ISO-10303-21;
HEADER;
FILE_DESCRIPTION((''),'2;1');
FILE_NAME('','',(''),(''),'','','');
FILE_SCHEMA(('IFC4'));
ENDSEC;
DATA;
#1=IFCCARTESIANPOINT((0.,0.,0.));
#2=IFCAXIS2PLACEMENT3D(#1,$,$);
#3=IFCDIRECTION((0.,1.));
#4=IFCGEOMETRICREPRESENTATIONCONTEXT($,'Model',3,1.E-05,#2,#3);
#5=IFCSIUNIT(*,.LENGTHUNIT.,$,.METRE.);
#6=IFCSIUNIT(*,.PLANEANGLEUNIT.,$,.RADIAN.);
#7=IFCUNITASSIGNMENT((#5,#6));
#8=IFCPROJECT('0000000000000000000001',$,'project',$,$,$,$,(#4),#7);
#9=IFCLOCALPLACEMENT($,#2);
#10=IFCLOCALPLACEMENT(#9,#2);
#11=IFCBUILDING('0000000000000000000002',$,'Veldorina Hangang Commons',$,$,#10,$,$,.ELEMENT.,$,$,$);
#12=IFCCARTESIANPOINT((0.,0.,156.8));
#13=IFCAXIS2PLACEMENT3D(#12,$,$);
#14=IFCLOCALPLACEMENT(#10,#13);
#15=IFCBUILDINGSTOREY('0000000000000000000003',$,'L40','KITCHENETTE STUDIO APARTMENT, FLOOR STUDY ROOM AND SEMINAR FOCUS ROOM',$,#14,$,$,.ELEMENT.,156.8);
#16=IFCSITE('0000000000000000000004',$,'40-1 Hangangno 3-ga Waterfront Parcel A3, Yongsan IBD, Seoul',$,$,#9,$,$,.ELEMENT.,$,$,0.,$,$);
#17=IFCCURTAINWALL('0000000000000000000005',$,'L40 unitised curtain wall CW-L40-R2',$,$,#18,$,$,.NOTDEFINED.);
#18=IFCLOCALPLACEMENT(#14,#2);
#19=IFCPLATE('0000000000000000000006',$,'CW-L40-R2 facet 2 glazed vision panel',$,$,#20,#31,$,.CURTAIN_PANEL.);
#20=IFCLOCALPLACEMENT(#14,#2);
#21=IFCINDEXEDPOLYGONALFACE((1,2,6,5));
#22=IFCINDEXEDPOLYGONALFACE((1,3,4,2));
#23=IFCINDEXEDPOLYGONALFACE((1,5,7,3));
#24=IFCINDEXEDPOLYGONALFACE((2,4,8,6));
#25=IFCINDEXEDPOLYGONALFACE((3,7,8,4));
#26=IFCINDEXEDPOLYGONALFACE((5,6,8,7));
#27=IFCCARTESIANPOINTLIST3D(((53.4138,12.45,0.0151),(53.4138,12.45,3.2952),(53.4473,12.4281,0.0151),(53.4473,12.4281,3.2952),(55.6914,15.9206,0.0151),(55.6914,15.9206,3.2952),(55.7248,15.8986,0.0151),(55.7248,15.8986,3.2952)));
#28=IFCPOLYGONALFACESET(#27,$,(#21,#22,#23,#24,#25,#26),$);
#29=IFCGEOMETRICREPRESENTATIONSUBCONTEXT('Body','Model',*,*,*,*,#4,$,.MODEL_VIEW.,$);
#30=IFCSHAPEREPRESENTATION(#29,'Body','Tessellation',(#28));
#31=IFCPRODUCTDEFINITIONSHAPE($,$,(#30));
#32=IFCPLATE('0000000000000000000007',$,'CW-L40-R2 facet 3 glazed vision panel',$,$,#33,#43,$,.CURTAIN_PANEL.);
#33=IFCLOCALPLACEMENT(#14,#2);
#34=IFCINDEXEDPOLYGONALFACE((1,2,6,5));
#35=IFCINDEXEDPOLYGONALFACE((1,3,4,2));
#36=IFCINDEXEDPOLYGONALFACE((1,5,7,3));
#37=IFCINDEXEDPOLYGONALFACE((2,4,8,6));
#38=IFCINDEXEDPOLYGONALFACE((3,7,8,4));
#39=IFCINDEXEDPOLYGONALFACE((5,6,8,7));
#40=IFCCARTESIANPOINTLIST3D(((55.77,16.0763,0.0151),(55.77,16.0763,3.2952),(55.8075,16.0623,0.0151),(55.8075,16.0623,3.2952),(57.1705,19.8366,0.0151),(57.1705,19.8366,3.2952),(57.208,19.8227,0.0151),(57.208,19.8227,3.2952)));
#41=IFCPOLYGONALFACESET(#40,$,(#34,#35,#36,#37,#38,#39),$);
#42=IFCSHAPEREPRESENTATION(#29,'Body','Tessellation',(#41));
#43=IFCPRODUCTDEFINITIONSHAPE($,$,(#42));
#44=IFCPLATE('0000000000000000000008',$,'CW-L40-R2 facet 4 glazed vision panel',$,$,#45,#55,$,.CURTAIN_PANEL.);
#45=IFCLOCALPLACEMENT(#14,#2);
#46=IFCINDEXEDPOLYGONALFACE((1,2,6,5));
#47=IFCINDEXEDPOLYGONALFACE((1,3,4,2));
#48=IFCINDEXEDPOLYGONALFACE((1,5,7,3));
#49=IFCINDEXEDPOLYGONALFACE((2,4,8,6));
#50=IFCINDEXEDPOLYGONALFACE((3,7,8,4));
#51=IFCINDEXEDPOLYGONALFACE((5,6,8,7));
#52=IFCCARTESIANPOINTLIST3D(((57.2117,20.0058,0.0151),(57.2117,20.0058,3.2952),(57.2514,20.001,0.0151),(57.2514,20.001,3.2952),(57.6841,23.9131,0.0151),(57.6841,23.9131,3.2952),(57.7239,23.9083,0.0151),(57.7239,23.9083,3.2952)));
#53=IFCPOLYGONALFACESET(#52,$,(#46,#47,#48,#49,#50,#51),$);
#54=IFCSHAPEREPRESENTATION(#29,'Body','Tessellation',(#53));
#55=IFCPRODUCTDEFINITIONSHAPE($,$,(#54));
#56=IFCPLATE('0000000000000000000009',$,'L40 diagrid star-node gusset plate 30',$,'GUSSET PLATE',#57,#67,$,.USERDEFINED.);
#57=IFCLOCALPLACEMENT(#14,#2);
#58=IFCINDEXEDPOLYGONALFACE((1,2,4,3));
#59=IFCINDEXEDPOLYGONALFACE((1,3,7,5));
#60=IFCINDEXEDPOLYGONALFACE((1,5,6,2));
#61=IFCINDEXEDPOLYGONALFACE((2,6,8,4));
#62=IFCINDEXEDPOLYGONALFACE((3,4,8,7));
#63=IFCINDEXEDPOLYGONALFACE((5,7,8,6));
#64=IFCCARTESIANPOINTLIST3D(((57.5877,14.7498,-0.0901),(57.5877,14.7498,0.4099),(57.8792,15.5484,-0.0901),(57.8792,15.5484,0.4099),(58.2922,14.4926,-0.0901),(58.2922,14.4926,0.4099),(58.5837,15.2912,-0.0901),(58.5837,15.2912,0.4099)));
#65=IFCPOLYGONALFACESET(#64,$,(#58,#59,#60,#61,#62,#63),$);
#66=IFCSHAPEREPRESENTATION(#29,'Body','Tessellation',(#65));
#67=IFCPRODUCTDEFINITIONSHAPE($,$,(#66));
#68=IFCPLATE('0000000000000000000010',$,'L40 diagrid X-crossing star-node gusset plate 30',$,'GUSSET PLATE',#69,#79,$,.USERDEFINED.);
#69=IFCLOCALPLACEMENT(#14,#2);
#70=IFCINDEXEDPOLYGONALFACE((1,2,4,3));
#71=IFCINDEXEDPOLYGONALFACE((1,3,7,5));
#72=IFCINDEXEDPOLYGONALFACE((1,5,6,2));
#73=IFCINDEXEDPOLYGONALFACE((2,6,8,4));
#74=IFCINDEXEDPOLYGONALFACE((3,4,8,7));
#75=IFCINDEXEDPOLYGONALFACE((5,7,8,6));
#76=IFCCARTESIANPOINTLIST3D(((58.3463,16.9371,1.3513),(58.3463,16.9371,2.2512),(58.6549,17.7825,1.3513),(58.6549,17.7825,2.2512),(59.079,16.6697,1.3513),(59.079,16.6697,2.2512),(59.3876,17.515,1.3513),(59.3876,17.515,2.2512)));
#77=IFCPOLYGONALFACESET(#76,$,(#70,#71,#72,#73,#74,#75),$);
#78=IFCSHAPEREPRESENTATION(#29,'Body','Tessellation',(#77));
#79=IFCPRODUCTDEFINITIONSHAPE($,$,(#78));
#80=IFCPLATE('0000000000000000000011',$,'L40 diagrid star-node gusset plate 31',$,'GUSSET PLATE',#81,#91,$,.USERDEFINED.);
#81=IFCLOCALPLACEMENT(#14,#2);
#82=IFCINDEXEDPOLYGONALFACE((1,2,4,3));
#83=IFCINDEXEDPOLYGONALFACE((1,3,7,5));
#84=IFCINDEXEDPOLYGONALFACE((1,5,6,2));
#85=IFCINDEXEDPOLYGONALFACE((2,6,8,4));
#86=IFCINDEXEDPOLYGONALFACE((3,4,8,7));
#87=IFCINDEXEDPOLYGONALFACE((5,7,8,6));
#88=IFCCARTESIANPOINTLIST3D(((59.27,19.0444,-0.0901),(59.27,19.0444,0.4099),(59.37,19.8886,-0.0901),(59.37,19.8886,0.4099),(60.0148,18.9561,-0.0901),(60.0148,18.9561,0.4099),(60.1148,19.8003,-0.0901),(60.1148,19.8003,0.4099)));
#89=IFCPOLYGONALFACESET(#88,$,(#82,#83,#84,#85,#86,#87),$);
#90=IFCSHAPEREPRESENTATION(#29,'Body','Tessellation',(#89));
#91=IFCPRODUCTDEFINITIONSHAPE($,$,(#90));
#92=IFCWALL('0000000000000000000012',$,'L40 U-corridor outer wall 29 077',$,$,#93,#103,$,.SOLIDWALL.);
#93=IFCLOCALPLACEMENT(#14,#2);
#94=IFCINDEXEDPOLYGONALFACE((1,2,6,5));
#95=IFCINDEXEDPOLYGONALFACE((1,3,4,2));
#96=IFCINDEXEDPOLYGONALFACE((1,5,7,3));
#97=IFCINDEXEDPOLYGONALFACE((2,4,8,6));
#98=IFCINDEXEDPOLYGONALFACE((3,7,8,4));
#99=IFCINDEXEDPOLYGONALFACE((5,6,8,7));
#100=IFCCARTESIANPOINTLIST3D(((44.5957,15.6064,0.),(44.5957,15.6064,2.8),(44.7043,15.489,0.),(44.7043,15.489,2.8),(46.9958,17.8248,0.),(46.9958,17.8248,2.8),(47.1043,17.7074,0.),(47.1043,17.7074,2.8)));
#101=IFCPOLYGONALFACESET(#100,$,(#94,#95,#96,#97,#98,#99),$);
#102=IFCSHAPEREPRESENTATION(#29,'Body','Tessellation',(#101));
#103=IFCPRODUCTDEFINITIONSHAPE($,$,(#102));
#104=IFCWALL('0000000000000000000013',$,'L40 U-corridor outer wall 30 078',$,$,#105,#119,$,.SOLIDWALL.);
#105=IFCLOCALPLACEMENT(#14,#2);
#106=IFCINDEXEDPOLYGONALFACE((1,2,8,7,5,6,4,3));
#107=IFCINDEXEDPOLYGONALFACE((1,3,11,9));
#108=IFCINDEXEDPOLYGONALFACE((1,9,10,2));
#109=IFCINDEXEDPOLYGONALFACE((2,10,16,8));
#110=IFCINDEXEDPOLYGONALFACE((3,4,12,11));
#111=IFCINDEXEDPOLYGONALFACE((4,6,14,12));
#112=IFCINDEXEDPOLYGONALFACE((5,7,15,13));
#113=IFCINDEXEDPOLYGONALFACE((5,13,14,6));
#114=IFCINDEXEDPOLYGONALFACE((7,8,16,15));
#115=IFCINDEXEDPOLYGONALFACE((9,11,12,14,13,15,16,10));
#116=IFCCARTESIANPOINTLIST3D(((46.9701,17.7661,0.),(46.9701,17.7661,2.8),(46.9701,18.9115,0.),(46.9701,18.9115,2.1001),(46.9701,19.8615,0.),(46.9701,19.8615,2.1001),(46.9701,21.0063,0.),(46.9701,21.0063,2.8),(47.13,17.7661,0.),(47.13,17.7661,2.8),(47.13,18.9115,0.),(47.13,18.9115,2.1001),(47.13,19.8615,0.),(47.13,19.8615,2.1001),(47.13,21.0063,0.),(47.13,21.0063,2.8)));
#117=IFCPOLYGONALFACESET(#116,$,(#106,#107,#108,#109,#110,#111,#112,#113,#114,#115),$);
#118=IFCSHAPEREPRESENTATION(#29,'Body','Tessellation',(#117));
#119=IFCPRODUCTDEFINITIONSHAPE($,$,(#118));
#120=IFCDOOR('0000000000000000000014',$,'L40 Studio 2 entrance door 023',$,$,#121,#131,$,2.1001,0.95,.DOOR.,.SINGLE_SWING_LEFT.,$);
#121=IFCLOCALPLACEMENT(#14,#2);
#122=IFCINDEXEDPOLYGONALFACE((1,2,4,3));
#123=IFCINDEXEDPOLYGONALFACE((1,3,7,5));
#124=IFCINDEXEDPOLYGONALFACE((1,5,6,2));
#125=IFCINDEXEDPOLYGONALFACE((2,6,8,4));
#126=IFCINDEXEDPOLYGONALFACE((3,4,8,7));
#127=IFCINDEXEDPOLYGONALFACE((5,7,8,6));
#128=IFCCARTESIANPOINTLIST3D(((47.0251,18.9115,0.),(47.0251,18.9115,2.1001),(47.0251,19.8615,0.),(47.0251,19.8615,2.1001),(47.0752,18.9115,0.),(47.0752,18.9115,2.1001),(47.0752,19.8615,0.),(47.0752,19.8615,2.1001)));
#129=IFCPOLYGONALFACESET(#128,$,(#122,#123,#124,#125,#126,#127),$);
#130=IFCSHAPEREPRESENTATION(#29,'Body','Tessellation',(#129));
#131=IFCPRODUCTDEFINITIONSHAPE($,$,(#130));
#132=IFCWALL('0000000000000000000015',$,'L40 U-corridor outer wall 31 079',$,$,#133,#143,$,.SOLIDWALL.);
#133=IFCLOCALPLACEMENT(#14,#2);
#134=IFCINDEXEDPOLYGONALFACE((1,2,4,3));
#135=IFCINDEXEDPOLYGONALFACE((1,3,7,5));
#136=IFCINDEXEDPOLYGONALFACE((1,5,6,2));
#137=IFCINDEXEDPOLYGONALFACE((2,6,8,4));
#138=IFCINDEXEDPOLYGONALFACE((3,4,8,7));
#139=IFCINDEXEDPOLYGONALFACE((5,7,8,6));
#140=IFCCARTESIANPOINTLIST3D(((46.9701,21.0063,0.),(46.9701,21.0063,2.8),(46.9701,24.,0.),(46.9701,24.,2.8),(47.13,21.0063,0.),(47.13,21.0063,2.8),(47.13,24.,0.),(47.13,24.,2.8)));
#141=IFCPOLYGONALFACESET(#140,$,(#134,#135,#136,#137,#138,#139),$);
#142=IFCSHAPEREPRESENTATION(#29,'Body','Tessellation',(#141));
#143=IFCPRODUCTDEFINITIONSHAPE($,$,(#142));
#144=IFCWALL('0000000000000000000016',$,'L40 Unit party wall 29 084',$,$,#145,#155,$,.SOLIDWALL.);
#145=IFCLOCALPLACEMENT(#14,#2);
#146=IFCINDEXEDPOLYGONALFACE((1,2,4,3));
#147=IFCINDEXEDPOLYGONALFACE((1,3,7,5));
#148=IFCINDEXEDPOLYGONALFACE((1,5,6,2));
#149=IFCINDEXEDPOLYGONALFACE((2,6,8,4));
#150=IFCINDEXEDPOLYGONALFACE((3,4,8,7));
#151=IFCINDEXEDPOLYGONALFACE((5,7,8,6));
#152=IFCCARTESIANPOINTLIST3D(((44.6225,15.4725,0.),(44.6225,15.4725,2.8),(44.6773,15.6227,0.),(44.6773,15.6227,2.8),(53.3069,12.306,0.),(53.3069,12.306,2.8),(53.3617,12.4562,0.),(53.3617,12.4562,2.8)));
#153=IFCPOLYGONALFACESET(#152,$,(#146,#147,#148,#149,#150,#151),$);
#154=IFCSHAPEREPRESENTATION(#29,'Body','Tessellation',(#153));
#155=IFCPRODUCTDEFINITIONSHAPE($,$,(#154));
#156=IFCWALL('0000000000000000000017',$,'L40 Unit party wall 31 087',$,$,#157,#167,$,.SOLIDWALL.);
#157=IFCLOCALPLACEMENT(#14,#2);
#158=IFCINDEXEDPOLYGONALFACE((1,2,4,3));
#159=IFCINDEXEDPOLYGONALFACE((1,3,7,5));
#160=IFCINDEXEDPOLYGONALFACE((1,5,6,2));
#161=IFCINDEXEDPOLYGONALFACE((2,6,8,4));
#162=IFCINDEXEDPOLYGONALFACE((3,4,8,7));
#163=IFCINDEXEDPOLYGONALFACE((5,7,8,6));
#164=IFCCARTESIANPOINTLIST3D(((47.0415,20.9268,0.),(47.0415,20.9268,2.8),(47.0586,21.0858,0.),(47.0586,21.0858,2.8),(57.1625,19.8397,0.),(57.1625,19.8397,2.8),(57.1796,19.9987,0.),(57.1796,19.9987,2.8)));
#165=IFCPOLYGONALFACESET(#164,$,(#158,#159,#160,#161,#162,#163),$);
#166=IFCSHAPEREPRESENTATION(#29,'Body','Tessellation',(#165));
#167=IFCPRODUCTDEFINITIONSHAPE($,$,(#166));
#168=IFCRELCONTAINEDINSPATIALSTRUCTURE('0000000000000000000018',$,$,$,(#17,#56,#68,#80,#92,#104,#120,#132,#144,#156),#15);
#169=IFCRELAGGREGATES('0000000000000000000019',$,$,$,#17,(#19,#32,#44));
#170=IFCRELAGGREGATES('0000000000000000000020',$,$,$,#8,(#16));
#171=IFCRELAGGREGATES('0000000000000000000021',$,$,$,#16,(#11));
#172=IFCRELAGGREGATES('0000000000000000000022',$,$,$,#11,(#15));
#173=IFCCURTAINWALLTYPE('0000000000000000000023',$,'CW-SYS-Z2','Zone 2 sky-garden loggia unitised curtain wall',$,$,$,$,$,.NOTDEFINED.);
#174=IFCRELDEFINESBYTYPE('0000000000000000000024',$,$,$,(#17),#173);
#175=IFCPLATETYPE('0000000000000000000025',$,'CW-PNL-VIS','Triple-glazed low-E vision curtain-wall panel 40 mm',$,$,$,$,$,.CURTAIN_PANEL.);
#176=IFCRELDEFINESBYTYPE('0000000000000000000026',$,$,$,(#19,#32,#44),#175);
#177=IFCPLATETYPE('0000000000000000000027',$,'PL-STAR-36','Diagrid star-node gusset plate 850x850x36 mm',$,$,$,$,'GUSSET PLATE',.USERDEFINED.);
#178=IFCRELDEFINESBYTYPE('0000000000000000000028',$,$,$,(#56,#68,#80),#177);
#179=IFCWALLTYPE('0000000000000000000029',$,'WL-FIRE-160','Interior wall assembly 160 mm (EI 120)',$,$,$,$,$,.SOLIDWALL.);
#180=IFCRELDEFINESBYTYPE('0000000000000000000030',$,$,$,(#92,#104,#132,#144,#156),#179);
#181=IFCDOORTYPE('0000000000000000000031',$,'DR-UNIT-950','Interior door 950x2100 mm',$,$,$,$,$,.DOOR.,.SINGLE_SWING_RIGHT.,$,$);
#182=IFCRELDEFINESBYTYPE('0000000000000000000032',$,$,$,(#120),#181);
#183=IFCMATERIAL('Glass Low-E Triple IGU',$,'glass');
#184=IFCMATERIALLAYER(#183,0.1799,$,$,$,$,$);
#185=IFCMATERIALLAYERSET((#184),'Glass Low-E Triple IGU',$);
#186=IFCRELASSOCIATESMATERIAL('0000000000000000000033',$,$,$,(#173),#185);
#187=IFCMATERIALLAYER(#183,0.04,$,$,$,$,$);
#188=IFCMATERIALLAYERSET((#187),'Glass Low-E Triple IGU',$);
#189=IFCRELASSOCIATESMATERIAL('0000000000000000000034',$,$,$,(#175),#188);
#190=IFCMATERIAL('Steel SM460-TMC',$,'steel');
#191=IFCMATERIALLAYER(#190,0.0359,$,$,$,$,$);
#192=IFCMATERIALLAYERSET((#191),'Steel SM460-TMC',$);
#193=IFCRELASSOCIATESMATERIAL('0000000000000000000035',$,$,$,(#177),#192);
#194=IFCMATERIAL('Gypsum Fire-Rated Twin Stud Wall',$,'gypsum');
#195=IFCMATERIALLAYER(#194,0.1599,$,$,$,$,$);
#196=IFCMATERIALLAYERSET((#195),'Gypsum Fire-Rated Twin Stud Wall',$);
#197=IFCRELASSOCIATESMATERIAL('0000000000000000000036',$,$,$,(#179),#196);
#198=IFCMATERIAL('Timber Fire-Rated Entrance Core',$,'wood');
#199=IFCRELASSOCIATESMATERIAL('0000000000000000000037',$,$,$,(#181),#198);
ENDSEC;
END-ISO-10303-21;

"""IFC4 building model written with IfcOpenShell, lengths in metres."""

from ifc_helpers import new_model, si_unit, direction, frame, frame_2d, origin, origin_2d, place, context, subcontext, project, spatial, rectangle, extrude, material, layer, layer_set, type_object, element, fill, aggregate, save


model = new_model("IFC4")

# Units and contexts
model_context = context("Model", 3, precision=1e-05, world=origin(), true_north=direction((0.0, 1.0)))
body_context = subcontext(model_context, "Body", "Model", "MODEL_VIEW")
ifc_project = project(units=[si_unit("LENGTHUNIT", "METRE"), si_unit("PLANEANGLEUNIT", "RADIAN")], contexts=[model_context])

# Site, building, storey
site_placement = place(None, origin())
site = spatial("IfcSite", under=ifc_project, at=site_placement, Name="40-1 Hangangno 3-ga Waterfront Parcel A3, Yongsan IBD, Seoul", CompositionType="ELEMENT", RefElevation=0.0)
building_placement = place(site_placement, origin())
building = spatial("IfcBuilding", under=site, at=building_placement, Name="Veldorina Hangang Commons", CompositionType="ELEMENT")
storey_placement = place(building_placement, frame((0.0, 0.0, 156.8)))
storey = spatial("IfcBuildingStorey", under=building, at=storey_placement, Name="L40", Description="KITCHENETTE STUDIO APARTMENT, FLOOR STUDY ROOM AND SEMINAR FOCUS ROOM", CompositionType="ELEMENT", Elevation=156.8)

# Curtain wall
ifc_material_1 = material(Name="Glass Low-E Triple IGU", Category="glass")
ifc_layer_1 = layer(ifc_material_1, 0.1799)
ifc_layer_set_1 = layer_set([ifc_layer_1], Name="Glass Low-E Triple IGU")
curtain_wall_type = type_object("IfcCurtainWallType", Name="CW-SYS-Z2", Description="Zone 2 sky-garden loggia unitised curtain wall", PredefinedType="NOTDEFINED", material=ifc_layer_set_1)
curtain_wall_placement = place(storey_placement, origin())
curtain_wall = element("IfcCurtainWall", 1, at=curtain_wall_placement, inside=storey, type_object=curtain_wall_type, Name="L40 unitised curtain wall CW-L40-R2", PredefinedType="NOTDEFINED")

# Plates
ifc_layer_2 = layer(ifc_material_1, 0.04)
ifc_layer_set_2 = layer_set([ifc_layer_2], Name="Glass Low-E Triple IGU")
plate_type_1 = type_object("IfcPlateType", Name="CW-PNL-VIS", Description="Triple-glazed low-E vision curtain-wall panel 40 mm", PredefinedType="CURTAIN_PANEL", material=ifc_layer_set_2)
plate_1_placement = place(storey_placement, frame((54.5693, 14.1743, 0.0151), z_axis=(0.0, 0.0, 1.0), x_axis=(0.548658, 0.836047, 0.0)))
plate_1 = element("IfcPlate", 2, at=plate_1_placement, type_object=plate_type_1, Name="CW-L40-R2 facet 2 glazed vision panel", PredefinedType="CURTAIN_PANEL", context=body_context, shape_type="SweptSolid", body=[
    extrude(rectangle(XDim=4.1511, YDim=0.04, at=origin_2d()), origin(), (0.0, 0.0, 1.0), 3.28),
])
plate_2_placement = place(storey_placement, frame((56.489, 17.9495, 0.0151), z_axis=(0.0, 0.0, 1.0), x_axis=(0.349014, 0.937118, 0.0)))
plate_2 = element("IfcPlate", 3, at=plate_2_placement, type_object=plate_type_1, Name="CW-L40-R2 facet 3 glazed vision panel", PredefinedType="CURTAIN_PANEL", context=body_context, shape_type="SweptSolid", body=[
    extrude(rectangle(XDim=4.0127, YDim=0.04, at=origin_2d()), origin(), (0.0, 0.0, 1.0), 3.28),
])
plate_3_placement = place(storey_placement, frame((57.4678, 21.957, 0.0151), z_axis=(0.0, 0.0, 1.0), x_axis=(0.12005, 0.992768, 0.0)))
plate_3 = element("IfcPlate", 4, at=plate_3_placement, type_object=plate_type_1, Name="CW-L40-R2 facet 4 glazed vision panel", PredefinedType="CURTAIN_PANEL", context=body_context, shape_type="SweptSolid", body=[
    extrude(rectangle(XDim=3.9358, YDim=0.04, at=origin_2d()), origin(), (0.0, 0.0, 1.0), 3.28),
])
aggregate(curtain_wall, [plate_1, plate_2, plate_3])

# Plates
ifc_material_2 = material(Name="Steel SM460-TMC", Category="steel")
ifc_layer_3 = layer(ifc_material_2, 0.0359)
ifc_layer_set_3 = layer_set([ifc_layer_3], Name="Steel SM460-TMC")
plate_type_2 = type_object("IfcPlateType", Name="PL-STAR-36", Description="Diagrid star-node gusset plate 850x850x36 mm", ElementType="GUSSET PLATE", PredefinedType="USERDEFINED", material=ifc_layer_set_3)
plate_4_placement = place(storey_placement, frame((58.0857, 15.0205, -0.0901), z_axis=(0.0, 0.0, 1.0), x_axis=(0.342906, 0.93937, 0.0)))
element("IfcPlate", 5, at=plate_4_placement, inside=storey, type_object=plate_type_2, Name="L40 diagrid star-node gusset plate 30", ObjectType="GUSSET PLATE", PredefinedType="USERDEFINED", context=body_context, shape_type="SweptSolid", body=[
    extrude(rectangle(XDim=0.8501, YDim=0.75, at=origin_2d()), origin(), (0.0, 0.0, 1.0), 0.5),
])
plate_5_placement = place(storey_placement, frame((58.8669, 17.2261, 1.3513), z_axis=(0.0, 0.0, 1.0), x_axis=(0.342906, 0.93937, 0.0)))
element("IfcPlate", 6, at=plate_5_placement, inside=storey, type_object=plate_type_2, Name="L40 diagrid X-crossing star-node gusset plate 30", ObjectType="GUSSET PLATE", PredefinedType="USERDEFINED", context=body_context, shape_type="SweptSolid", body=[
    extrude(rectangle(XDim=0.8999, YDim=0.78, at=origin_2d()), origin(), (0.0, 0.0, 1.0), 0.8999),
])
plate_6_placement = place(storey_placement, frame((59.6924, 19.4224, -0.0901), z_axis=(0.0, 0.0, 1.0), x_axis=(0.117693, 0.99305, 0.0)))
element("IfcPlate", 7, at=plate_6_placement, inside=storey, type_object=plate_type_2, Name="L40 diagrid star-node gusset plate 31", ObjectType="GUSSET PLATE", PredefinedType="USERDEFINED", context=body_context, shape_type="SweptSolid", body=[
    extrude(rectangle(XDim=0.8501, YDim=0.75, at=origin_2d()), origin(), (0.0, 0.0, 1.0), 0.5),
])

# Wall
ifc_material_3 = material(Name="Gypsum Fire-Rated Twin Stud Wall", Category="gypsum")
ifc_layer_4 = layer(ifc_material_3, 0.1599)
ifc_layer_set_4 = layer_set([ifc_layer_4], Name="Gypsum Fire-Rated Twin Stud Wall")
wall_type_1 = type_object("IfcWallType", Name="WL-FIRE-160", Description="Interior wall assembly 160 mm (EI 120)", PredefinedType="SOLIDWALL", material=ifc_layer_set_4)
wall_1_placement = place(storey_placement, frame((44.6499, 15.5476, 0.0), z_axis=(0.0, 0.0, 1.0), x_axis=(0.734348, 0.678773, 0.0)))
element("IfcWall", 8, at=wall_1_placement, inside=storey, type_object=wall_type_1, Name="L40 U-corridor outer wall 29 077", PredefinedType="SOLIDWALL", context=body_context, shape_type="SweptSolid", body=[
    extrude(rectangle(XDim=3.2683, YDim=0.1599, at=frame_2d((1.6343, 0.0))), origin(), (0.0, 0.0, 1.0), 2.8),
])

# Wall, opening, door
wall_2_placement = place(storey_placement, frame((47.05, 17.7661, 0.0), z_axis=(0.0, 0.0, 1.0), x_axis=(0.0, 1.0, 0.0)))
wall_2 = element("IfcWall", 9, at=wall_2_placement, inside=storey, type_object=wall_type_1, Name="L40 U-corridor outer wall 30 078", PredefinedType="SOLIDWALL", context=body_context, shape_type="SweptSolid", body=[
    extrude(rectangle(XDim=3.2402, YDim=0.1599, at=frame_2d((1.6201, 0.0))), origin(), (0.0, 0.0, 1.0), 2.8),
])
opening_1_placement = place(wall_2_placement, frame((1.1453, 0.0, 0.0)))
opening_1 = element("IfcOpeningElement", 10, at=opening_1_placement, cuts=wall_2, PredefinedType="OPENING", context=body_context, shape_type="SweptSolid", body=[
    extrude(rectangle(XDim=0.95, YDim=2.1001, at=frame_2d((0.4751, 1.05))), frame((0.0, 0.0898, 0.0), z_axis=(0.0, -1.0, 0.0), x_axis=(1.0, 0.0, 0.0)), (0.0, 0.0, 1.0), 0.1799),
])
ifc_material_4 = material(Name="Timber Fire-Rated Entrance Core", Category="wood")
door_type_1 = type_object("IfcDoorType", Name="DR-UNIT-950", Description="Interior door 950x2100 mm", OperationType="SINGLE_SWING_RIGHT", PredefinedType="DOOR", material=ifc_material_4)
door_1_placement = place(opening_1_placement, origin())
door_1 = element("IfcDoor", 11, at=door_1_placement, inside=storey, type_object=door_type_1, Name="L40 Studio 2 entrance door 023", OperationType="SINGLE_SWING_LEFT", OverallHeight=2.1001, OverallWidth=0.95, PredefinedType="DOOR", context=body_context, shape_type="SweptSolid", body=[
    extrude(rectangle(XDim=0.95, YDim=2.1001, at=frame_2d((0.4751, 1.05))), frame((0.0, 0.0249, 0.0), z_axis=(0.0, -1.0, 0.0), x_axis=(1.0, 0.0, 0.0)), (0.0, 0.0, 1.0), 0.05),
])
fill(opening_1, door_1)

# Walls
wall_3_placement = place(storey_placement, frame((47.05, 21.0063, 0.0), z_axis=(0.0, 0.0, 1.0), x_axis=(0.0, 1.0, 0.0)))
element("IfcWall", 12, at=wall_3_placement, inside=storey, type_object=wall_type_1, Name="L40 U-corridor outer wall 31 079", PredefinedType="SOLIDWALL", context=body_context, shape_type="SweptSolid", body=[
    extrude(rectangle(XDim=2.9937, YDim=0.1599, at=frame_2d((1.4968, 0.0))), origin(), (0.0, 0.0, 1.0), 2.8),
])
wall_4_placement = place(storey_placement, frame((44.6499, 15.5476, 0.0), z_axis=(0.0, 0.0, 1.0), x_axis=(0.939495, -0.342562, 0.0)))
element("IfcWall", 13, at=wall_4_placement, inside=storey, type_object=wall_type_1, Name="L40 Unit party wall 29 084", PredefinedType="SOLIDWALL", context=body_context, shape_type="SweptSolid", body=[
    extrude(rectangle(XDim=9.2437, YDim=0.1599, at=frame_2d((4.6218, 0.0))), origin(), (0.0, 0.0, 1.0), 2.8),
])
wall_5_placement = place(storey_placement, frame((47.05, 21.0063, 0.0), z_axis=(0.0, 0.0, 1.0), x_axis=(0.99428, -0.106801, 0.0)))
element("IfcWall", 14, at=wall_5_placement, inside=storey, type_object=wall_type_1, Name="L40 Unit party wall 31 087", PredefinedType="SOLIDWALL", context=body_context, shape_type="SweptSolid", body=[
    extrude(rectangle(XDim=10.1792, YDim=0.1599, at=frame_2d((5.0896, 0.0))), origin(), (0.0, 0.0, 1.0), 2.8),
])

save(model, "model.ifc")
